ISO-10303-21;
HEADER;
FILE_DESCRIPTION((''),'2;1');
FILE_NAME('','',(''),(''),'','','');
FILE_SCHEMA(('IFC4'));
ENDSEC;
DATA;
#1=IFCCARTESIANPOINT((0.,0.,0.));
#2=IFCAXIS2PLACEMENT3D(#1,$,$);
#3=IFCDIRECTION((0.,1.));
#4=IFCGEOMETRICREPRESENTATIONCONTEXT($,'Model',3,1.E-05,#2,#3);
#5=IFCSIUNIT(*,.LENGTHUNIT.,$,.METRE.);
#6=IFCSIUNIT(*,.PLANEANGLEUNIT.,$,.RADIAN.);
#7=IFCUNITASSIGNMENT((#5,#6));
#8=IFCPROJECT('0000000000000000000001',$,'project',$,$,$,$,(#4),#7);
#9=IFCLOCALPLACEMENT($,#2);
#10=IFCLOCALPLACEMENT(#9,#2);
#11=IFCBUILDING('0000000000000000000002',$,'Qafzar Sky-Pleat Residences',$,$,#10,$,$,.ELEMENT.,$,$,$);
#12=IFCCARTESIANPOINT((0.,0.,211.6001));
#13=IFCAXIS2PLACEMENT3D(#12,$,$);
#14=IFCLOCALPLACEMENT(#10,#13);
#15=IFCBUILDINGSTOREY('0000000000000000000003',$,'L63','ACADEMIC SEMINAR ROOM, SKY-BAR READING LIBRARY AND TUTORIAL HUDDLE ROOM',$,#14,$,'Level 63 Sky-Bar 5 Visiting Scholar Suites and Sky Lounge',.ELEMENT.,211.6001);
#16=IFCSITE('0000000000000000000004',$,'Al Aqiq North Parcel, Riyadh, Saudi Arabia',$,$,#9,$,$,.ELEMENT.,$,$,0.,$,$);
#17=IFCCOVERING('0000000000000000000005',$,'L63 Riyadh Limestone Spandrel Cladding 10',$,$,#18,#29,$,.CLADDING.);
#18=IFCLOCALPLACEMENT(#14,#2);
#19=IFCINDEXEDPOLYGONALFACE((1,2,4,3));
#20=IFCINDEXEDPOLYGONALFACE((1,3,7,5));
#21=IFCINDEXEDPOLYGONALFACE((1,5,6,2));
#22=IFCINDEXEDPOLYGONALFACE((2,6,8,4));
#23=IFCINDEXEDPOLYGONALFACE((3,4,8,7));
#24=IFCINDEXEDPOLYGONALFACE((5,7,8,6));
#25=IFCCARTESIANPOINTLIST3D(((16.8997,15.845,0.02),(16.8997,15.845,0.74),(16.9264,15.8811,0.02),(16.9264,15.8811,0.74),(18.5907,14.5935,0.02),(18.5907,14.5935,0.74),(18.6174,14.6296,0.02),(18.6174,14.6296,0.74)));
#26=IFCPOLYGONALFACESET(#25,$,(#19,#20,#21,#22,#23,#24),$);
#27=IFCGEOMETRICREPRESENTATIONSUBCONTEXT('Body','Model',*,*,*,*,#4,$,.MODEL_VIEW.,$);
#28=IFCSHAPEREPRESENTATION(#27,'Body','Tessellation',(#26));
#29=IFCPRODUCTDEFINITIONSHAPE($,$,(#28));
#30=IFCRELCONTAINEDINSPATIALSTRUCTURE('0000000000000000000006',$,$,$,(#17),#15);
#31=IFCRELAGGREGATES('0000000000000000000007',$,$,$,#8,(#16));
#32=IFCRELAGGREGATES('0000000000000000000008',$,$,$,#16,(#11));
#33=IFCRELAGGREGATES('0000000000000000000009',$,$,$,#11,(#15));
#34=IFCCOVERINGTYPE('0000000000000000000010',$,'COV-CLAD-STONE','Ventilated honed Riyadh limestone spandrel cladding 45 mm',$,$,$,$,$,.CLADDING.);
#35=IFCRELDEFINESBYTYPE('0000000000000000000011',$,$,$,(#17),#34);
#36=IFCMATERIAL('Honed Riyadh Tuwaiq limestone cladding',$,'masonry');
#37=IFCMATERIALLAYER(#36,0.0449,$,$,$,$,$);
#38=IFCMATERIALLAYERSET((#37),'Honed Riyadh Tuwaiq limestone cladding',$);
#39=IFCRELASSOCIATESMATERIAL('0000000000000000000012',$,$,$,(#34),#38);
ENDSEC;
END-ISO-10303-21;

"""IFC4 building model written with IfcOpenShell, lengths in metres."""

from ifc_helpers import new_model, si_unit, direction, frame, origin, origin_2d, place, context, subcontext, project, spatial, rectangle, extrude, source, transform, mapped, material, layer, layer_set, type_object, element, save


model = new_model("IFC4")

# Units and contexts
model_context = context("Model", 3, precision=1e-05, world=origin(), true_north=direction((0.0, 1.0)))
body_context = subcontext(model_context, "Body", "Model", "MODEL_VIEW")
ifc_project = project(units=[si_unit("LENGTHUNIT", "METRE"), si_unit("PLANEANGLEUNIT", "RADIAN")], contexts=[model_context])

# Site, building, storey
site_placement = place(None, origin())
site = spatial("IfcSite", under=ifc_project, at=site_placement, Name="Al Aqiq North Parcel, Riyadh, Saudi Arabia", CompositionType="ELEMENT", RefElevation=0.0)
building_placement = place(site_placement, origin())
building = spatial("IfcBuilding", under=site, at=building_placement, Name="Qafzar Sky-Pleat Residences", CompositionType="ELEMENT")
storey_placement = place(building_placement, frame((0.0, 0.0, 211.6001)))
storey = spatial("IfcBuildingStorey", under=building, at=storey_placement, Name="L63", Description="ACADEMIC SEMINAR ROOM, SKY-BAR READING LIBRARY AND TUTORIAL HUDDLE ROOM", LongName="Level 63 Sky-Bar 5 Visiting Scholar Suites and Sky Lounge", CompositionType="ELEMENT", Elevation=211.6001)

# Covering
ifc_material_1 = material(Name="Honed Riyadh Tuwaiq limestone cladding", Category="masonry")
ifc_layer_1 = layer(ifc_material_1, 0.0449)
ifc_layer_set_1 = layer_set([ifc_layer_1], Name="Honed Riyadh Tuwaiq limestone cladding")
covering_type_1 = type_object("IfcCoveringType", Name="COV-CLAD-STONE", Description="Ventilated honed Riyadh limestone spandrel cladding 45 mm", PredefinedType="CLADDING", material=ifc_layer_set_1)
shared_shape_1 = source(origin(), body_context, "Body", "SweptSolid", [
    extrude(rectangle(XDim=2.1038, YDim=0.0449, at=origin_2d()), origin(), (0.0, 0.0, 1.0), 0.72),
])
covering_1_placement = place(storey_placement, frame((17.7585, 15.2373, 0.02), z_axis=(0.0, 0.0, 1.0), x_axis=(0.803819, -0.594875, 0.0)))
element("IfcCovering", 1, at=covering_1_placement, inside=storey, type_object=covering_type_1, Name="L63 Riyadh Limestone Spandrel Cladding 10", PredefinedType="CLADDING", context=body_context, shape_type="MappedRepresentation", body=[
    mapped(shared_shape_1, transform((0.0, 0.0, 0.0), x_axis=(1.0, 0.0, 0.0), y_axis=(0.0, 1.0, 0.0), z_axis=(0.0, 0.0, 1.0), scale=1.0)),
])

save(model, "model.ifc")
